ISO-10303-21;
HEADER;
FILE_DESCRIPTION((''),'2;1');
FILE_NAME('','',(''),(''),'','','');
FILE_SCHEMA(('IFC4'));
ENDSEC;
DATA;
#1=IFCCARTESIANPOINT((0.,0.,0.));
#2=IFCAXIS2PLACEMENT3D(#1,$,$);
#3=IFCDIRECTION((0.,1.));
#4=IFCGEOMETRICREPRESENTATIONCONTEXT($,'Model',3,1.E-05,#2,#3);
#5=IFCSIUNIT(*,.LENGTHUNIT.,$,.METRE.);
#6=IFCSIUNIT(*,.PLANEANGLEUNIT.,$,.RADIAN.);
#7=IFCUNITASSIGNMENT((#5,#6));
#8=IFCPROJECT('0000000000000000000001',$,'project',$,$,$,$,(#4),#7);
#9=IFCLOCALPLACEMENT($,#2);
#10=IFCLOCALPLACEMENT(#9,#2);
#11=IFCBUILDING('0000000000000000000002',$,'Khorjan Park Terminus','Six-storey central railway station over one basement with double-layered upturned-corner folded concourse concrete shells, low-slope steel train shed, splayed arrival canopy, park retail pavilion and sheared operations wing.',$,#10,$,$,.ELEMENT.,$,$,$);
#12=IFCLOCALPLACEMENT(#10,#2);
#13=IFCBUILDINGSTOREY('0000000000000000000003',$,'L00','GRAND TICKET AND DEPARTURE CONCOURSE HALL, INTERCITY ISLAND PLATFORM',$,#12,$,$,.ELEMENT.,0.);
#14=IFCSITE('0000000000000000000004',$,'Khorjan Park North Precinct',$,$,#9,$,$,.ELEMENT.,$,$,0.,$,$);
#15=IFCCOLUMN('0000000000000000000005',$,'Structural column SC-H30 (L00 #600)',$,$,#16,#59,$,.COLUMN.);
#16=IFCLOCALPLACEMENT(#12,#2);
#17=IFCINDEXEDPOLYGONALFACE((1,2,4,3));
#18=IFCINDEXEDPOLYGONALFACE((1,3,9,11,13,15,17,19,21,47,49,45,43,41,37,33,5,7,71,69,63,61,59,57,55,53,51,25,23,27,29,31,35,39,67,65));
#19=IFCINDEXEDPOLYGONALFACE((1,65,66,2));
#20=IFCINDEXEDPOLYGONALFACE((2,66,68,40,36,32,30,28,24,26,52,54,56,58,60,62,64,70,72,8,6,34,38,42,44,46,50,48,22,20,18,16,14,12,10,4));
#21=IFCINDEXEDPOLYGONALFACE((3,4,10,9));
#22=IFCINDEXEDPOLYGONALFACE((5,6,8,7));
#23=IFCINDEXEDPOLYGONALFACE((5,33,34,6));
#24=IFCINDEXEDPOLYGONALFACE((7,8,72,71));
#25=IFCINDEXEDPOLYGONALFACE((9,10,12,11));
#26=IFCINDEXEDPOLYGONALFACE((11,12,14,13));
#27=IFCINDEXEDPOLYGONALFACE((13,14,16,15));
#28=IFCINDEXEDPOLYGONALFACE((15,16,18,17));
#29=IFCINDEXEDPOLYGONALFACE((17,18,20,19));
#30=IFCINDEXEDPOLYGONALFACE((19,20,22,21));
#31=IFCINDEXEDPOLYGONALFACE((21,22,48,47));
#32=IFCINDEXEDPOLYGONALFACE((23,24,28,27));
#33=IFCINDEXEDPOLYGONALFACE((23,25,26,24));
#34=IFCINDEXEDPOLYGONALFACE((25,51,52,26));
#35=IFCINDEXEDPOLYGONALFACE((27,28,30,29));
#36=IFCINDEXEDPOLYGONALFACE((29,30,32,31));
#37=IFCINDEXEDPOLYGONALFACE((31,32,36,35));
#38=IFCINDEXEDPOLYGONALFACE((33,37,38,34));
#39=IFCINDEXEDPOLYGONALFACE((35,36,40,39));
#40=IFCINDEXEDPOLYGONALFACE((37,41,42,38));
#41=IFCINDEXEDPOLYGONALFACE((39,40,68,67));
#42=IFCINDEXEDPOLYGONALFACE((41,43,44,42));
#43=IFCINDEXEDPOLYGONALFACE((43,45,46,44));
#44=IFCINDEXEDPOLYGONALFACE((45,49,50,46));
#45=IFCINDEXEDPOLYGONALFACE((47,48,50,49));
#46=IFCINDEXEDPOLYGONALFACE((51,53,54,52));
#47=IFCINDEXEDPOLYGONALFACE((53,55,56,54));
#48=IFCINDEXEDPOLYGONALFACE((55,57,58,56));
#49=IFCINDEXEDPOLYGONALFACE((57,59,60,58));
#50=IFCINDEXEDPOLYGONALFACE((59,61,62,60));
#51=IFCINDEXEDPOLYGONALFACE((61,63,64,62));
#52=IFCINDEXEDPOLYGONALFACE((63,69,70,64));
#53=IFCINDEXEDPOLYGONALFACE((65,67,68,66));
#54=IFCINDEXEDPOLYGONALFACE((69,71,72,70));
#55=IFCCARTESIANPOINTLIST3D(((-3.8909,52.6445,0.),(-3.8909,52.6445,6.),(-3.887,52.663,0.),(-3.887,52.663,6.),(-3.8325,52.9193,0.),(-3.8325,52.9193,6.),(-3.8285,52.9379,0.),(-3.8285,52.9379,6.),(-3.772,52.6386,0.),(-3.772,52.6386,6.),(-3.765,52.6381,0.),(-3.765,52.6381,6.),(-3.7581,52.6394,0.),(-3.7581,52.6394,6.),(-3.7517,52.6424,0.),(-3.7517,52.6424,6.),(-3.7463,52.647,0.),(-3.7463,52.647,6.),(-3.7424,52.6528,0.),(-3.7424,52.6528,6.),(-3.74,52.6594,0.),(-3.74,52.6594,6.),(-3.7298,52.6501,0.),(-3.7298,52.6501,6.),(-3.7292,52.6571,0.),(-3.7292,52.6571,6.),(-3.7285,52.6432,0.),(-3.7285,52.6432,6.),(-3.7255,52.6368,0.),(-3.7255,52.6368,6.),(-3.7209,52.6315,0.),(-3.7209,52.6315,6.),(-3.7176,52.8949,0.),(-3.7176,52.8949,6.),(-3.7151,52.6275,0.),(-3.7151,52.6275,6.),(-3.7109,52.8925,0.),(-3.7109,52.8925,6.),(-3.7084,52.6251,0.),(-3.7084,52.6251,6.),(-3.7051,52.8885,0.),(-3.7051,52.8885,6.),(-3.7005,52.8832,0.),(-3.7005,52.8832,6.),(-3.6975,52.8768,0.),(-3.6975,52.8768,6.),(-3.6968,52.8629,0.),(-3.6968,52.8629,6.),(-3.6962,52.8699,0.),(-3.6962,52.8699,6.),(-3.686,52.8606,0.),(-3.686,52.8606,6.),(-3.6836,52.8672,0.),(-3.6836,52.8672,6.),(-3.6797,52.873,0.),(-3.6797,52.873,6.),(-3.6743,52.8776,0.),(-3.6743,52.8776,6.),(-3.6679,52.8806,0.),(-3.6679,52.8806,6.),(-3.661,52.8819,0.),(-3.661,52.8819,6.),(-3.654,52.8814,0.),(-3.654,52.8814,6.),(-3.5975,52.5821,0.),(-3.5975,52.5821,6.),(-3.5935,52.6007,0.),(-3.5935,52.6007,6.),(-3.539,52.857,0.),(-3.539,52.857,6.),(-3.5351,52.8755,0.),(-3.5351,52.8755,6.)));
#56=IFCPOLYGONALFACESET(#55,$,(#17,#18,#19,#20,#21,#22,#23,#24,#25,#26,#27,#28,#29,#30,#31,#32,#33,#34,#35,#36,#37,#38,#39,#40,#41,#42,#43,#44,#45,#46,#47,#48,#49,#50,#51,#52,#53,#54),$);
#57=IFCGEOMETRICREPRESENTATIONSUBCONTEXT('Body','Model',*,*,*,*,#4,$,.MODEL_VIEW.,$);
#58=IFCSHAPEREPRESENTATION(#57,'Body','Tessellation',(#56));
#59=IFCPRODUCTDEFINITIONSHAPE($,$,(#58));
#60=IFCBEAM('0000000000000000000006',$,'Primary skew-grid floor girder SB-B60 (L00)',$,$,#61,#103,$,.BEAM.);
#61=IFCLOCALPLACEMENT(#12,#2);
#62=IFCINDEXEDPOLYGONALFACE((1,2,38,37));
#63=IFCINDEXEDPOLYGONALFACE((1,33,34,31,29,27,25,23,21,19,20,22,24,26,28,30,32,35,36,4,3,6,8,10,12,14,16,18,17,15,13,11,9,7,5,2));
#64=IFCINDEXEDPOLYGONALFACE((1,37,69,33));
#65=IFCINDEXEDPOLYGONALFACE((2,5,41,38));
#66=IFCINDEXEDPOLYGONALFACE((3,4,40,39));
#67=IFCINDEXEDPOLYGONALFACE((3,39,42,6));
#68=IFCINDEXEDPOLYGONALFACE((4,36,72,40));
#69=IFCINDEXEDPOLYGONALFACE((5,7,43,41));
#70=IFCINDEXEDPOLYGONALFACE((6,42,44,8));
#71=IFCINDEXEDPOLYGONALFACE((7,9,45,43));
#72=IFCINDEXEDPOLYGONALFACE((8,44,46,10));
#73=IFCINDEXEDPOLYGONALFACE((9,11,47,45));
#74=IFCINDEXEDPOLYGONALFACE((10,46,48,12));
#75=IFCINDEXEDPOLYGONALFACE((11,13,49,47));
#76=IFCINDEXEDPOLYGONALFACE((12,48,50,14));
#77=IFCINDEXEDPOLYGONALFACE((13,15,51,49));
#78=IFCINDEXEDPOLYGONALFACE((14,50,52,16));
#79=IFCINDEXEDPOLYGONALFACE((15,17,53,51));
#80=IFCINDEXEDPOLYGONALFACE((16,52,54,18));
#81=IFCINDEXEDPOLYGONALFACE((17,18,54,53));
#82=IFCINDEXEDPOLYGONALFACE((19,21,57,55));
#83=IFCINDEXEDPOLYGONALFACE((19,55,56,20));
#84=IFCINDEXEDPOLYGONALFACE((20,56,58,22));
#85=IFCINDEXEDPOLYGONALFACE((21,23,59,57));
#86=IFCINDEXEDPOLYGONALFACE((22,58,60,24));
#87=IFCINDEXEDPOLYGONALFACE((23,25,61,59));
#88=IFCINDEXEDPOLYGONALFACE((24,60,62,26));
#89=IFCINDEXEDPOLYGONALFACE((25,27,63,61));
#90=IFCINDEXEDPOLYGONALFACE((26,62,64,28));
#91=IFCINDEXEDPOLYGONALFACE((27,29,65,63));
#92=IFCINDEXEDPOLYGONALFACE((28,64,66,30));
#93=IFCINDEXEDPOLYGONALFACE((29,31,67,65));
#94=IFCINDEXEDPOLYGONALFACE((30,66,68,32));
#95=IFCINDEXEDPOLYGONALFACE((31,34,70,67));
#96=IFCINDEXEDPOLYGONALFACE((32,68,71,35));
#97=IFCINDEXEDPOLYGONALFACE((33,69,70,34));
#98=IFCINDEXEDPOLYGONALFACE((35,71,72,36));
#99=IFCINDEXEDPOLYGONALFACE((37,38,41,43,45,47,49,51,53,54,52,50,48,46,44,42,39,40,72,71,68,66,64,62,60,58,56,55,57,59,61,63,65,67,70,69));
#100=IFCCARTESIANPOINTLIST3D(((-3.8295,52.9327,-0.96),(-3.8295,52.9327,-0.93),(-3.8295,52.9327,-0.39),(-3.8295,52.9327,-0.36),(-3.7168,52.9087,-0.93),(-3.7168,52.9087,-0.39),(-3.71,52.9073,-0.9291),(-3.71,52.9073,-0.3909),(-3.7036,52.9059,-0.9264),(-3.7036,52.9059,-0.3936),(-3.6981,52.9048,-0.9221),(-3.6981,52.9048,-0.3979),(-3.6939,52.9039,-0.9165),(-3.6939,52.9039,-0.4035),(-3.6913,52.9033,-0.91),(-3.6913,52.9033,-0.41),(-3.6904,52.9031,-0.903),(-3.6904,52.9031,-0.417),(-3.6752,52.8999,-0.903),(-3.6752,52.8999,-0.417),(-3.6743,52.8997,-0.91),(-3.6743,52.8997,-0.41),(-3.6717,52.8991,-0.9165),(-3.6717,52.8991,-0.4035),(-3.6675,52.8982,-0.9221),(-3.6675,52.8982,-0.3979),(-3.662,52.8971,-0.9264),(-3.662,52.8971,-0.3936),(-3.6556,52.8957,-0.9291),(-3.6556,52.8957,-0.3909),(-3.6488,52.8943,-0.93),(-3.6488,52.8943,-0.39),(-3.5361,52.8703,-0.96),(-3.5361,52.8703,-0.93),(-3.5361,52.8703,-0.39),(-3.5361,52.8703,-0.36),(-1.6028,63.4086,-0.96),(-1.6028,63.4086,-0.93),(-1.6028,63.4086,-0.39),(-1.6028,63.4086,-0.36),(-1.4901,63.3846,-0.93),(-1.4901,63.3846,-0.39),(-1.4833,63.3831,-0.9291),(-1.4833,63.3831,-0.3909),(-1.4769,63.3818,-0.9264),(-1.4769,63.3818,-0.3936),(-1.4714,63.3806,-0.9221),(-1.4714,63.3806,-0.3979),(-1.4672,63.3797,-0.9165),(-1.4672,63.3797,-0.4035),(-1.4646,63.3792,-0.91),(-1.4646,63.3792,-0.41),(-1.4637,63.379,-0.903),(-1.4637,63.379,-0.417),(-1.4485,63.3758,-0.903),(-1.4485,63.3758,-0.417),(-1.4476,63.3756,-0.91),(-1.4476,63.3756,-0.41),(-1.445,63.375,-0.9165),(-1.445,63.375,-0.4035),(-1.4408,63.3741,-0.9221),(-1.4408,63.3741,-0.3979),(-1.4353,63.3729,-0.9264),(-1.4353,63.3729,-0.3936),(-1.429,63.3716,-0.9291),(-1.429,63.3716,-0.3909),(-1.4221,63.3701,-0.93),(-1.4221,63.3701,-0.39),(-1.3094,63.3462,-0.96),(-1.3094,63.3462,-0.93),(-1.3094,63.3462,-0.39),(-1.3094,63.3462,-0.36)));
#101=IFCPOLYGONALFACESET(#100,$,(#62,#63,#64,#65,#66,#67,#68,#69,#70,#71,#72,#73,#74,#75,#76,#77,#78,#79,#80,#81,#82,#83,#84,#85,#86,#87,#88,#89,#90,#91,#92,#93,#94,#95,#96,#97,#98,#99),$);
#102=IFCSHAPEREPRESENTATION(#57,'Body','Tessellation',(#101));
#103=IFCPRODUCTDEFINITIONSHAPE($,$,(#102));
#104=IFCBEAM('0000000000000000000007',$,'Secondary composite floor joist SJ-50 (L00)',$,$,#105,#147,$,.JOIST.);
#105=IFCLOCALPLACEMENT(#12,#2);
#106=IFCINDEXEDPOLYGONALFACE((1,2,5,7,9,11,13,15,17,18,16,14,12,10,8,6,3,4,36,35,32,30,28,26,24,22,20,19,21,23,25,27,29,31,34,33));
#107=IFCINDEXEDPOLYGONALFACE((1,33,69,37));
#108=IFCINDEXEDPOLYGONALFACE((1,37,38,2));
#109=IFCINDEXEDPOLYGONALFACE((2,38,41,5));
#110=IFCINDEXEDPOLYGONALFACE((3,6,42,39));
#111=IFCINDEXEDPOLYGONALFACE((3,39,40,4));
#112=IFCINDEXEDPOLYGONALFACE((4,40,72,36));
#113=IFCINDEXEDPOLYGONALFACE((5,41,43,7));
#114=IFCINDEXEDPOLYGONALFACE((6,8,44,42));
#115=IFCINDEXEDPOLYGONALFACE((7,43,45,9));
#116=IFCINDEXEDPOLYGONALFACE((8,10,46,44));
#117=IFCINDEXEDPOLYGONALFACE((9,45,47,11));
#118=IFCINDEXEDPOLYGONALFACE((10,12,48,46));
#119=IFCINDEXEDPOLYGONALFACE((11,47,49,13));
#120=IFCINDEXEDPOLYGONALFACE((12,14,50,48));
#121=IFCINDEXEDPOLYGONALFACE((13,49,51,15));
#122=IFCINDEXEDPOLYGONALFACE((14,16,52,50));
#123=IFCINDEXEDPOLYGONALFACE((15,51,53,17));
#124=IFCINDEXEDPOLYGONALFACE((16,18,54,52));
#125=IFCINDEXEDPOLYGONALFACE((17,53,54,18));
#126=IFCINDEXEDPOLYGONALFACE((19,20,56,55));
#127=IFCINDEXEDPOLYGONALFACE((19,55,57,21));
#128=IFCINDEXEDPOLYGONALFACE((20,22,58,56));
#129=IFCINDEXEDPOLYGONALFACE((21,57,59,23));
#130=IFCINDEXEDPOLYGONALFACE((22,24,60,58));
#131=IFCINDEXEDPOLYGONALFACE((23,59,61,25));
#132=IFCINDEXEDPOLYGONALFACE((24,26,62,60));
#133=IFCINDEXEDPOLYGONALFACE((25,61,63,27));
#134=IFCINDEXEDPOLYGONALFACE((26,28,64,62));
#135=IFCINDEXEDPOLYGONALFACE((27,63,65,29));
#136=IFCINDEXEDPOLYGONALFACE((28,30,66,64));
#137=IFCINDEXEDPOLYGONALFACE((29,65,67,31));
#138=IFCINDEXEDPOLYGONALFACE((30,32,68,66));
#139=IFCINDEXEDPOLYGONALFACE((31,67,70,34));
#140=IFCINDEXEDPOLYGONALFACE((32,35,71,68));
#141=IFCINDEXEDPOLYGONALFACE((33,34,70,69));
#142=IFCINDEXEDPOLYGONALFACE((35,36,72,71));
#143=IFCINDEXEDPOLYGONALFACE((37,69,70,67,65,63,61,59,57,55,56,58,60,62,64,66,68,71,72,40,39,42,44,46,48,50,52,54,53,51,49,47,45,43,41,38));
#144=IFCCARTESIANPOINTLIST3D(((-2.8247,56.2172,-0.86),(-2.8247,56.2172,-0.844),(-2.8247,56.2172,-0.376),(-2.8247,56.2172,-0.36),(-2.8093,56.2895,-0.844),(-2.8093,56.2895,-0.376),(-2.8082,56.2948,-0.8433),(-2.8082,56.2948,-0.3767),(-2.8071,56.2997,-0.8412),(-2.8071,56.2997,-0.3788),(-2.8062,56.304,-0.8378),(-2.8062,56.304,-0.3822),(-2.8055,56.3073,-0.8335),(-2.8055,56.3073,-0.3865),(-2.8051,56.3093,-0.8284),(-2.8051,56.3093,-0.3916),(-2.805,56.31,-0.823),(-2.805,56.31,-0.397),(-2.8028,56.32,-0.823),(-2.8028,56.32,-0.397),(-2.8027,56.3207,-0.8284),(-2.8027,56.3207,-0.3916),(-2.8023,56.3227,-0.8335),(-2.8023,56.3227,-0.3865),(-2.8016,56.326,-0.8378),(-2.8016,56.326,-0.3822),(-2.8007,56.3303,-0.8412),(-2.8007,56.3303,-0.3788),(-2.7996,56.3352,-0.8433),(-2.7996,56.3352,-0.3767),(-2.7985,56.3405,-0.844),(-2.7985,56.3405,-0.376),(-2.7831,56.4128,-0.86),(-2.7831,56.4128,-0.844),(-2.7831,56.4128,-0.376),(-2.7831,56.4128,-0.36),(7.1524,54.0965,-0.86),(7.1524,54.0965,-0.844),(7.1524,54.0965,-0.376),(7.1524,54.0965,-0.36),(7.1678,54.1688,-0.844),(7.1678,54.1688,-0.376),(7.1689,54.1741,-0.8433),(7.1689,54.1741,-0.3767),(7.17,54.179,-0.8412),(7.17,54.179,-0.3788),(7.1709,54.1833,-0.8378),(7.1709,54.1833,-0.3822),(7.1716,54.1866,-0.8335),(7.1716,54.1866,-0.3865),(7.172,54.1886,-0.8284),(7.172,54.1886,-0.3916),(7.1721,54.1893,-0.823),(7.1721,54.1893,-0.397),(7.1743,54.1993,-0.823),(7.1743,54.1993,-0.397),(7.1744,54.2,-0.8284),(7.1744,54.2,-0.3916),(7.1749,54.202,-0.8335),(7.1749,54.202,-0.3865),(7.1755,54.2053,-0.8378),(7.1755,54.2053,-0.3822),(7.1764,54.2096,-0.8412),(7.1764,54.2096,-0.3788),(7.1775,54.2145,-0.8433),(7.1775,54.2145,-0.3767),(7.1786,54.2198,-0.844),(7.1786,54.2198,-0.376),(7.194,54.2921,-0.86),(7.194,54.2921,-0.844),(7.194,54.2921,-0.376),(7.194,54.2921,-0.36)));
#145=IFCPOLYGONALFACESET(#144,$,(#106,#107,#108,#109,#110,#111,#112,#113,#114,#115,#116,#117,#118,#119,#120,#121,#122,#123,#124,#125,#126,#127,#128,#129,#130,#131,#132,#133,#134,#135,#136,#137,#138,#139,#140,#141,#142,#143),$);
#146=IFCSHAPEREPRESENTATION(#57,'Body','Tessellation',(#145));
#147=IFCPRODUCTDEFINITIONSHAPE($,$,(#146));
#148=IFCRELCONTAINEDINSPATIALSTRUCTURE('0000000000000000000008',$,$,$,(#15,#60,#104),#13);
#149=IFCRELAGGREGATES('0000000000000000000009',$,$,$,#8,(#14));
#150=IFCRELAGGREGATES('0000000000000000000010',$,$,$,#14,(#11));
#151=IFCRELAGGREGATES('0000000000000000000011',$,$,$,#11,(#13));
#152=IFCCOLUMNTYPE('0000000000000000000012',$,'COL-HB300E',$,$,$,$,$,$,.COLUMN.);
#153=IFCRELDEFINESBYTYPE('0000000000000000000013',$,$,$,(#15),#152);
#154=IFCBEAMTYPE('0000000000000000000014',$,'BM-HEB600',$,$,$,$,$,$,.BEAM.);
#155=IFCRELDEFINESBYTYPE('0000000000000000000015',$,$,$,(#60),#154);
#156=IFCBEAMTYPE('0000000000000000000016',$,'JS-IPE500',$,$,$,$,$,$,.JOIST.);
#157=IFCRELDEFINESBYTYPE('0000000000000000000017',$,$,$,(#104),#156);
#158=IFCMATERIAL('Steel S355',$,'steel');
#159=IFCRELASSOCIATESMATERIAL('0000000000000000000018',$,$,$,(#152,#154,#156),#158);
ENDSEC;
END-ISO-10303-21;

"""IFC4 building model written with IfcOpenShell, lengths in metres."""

from ifc_helpers import new_model, si_unit, direction, frame, origin, origin_2d, place, context, subcontext, project, spatial, i_section, extrude, material, material_profile, profile_set, type_object, element, save


model = new_model("IFC4")

# Units and contexts
model_context = context("Model", 3, precision=1e-05, world=origin(), true_north=direction((0.0, 1.0)))
body_context = subcontext(model_context, "Body", "Model", "MODEL_VIEW")
ifc_project = project(units=[si_unit("LENGTHUNIT", "METRE"), si_unit("PLANEANGLEUNIT", "RADIAN")], contexts=[model_context])

# Site, building, storey
site_placement = place(None, origin())
site = spatial("IfcSite", under=ifc_project, at=site_placement, Name="Khorjan Park North Precinct", CompositionType="ELEMENT", RefElevation=0.0)
building_placement = place(site_placement, origin())
building = spatial("IfcBuilding", under=site, at=building_placement, Name="Khorjan Park Terminus", Description="Six-storey central railway station over one basement with double-layered upturned-corner folded concourse concrete shells, low-slope steel train shed, splayed arrival canopy, park retail pavilion and sheared operations wing.", CompositionType="ELEMENT")
storey_placement = place(building_placement, origin())
storey = spatial("IfcBuildingStorey", under=building, at=storey_placement, Name="L00", Description="GRAND TICKET AND DEPARTURE CONCOURSE HALL, INTERCITY ISLAND PLATFORM", CompositionType="ELEMENT", Elevation=0.0)

# Column
ifc_material_1 = material(Name="Steel S355", Category="steel")
ifc_material_profile_1 = material_profile(ifc_material_1, i_section(OverallWidth=0.3, OverallDepth=0.3, WebThickness=0.011, FlangeThickness=0.019, FilletRadius=0.027, at=origin_2d()), Name="HEB 300")
ifc_profile_set_1 = profile_set([ifc_material_profile_1], Name="Steel S355")
column_type = type_object("IfcColumnType", Name="COL-HB300E", PredefinedType="COLUMN", material=ifc_profile_set_1)
column_placement = place(storey_placement, frame((-3.713, 52.76, 0.0), z_axis=(0.0, 0.0, 1.0), x_axis=(0.978148, -0.207912, 0.0)))
element("IfcColumn", 1, at=column_placement, inside=storey, type_object=column_type, Name="Structural column SC-H30 (L00 #600)", PredefinedType="COLUMN", context=body_context, shape_type="SweptSolid", body=[
    extrude(i_section(OverallWidth=0.3, OverallDepth=0.3, WebThickness=0.011, FlangeThickness=0.019, FilletRadius=0.027, at=origin_2d()), origin(), (0.0, 0.0, 1.0), 6.0),
])

# Beams
ifc_material_profile_2 = material_profile(ifc_material_1, i_section(OverallWidth=0.3, OverallDepth=0.6, WebThickness=0.0155, FlangeThickness=0.03, FilletRadius=0.027, at=origin_2d()), Name="HEB 600")
ifc_profile_set_2 = profile_set([ifc_material_profile_2], Name="Steel S355")
beam_type_1 = type_object("IfcBeamType", Name="BM-HEB600", PredefinedType="BEAM", material=ifc_profile_set_2)
beam_1_placement = place(storey_placement, frame((-3.6828, 52.9015, -0.66), z_axis=(0.20791, 0.978148, 0.0), x_axis=(-0.978148, 0.20791, 0.0)))
element("IfcBeam", 2, at=beam_1_placement, inside=storey, type_object=beam_type_1, Name="Primary skew-grid floor girder SB-B60 (L00)", PredefinedType="BEAM", context=body_context, shape_type="SweptSolid", body=[
    extrude(i_section(OverallWidth=0.3, OverallDepth=0.6, WebThickness=0.0155, FlangeThickness=0.03, FilletRadius=0.027, at=origin_2d()), origin(), (0.0, 0.0, 1.0), 10.7099),
])
ifc_material_profile_3 = material_profile(ifc_material_1, i_section(OverallWidth=0.2, OverallDepth=0.5, WebThickness=0.0102, FlangeThickness=0.016, FilletRadius=0.021, at=origin_2d()), Name="IPE 500")
ifc_profile_set_3 = profile_set([ifc_material_profile_3], Name="Steel S355")
beam_type_2 = type_object("IfcBeamType", Name="JS-IPE500", PredefinedType="JOIST", material=ifc_profile_set_3)
beam_2_placement = place(storey_placement, frame((-2.8039, 56.315, -0.61), z_axis=(0.978148, -0.207912, 0.0), x_axis=(0.207912, 0.978148, 0.0)))
element("IfcBeam", 3, at=beam_2_placement, inside=storey, type_object=beam_type_2, Name="Secondary composite floor joist SJ-50 (L00)", PredefinedType="JOIST", context=body_context, shape_type="SweptSolid", body=[
    extrude(i_section(OverallWidth=0.2, OverallDepth=0.5, WebThickness=0.0102, FlangeThickness=0.016, FilletRadius=0.021, at=origin_2d()), origin(), (0.0, 0.0, 1.0), 10.2),
])

save(model, "model.ifc")
